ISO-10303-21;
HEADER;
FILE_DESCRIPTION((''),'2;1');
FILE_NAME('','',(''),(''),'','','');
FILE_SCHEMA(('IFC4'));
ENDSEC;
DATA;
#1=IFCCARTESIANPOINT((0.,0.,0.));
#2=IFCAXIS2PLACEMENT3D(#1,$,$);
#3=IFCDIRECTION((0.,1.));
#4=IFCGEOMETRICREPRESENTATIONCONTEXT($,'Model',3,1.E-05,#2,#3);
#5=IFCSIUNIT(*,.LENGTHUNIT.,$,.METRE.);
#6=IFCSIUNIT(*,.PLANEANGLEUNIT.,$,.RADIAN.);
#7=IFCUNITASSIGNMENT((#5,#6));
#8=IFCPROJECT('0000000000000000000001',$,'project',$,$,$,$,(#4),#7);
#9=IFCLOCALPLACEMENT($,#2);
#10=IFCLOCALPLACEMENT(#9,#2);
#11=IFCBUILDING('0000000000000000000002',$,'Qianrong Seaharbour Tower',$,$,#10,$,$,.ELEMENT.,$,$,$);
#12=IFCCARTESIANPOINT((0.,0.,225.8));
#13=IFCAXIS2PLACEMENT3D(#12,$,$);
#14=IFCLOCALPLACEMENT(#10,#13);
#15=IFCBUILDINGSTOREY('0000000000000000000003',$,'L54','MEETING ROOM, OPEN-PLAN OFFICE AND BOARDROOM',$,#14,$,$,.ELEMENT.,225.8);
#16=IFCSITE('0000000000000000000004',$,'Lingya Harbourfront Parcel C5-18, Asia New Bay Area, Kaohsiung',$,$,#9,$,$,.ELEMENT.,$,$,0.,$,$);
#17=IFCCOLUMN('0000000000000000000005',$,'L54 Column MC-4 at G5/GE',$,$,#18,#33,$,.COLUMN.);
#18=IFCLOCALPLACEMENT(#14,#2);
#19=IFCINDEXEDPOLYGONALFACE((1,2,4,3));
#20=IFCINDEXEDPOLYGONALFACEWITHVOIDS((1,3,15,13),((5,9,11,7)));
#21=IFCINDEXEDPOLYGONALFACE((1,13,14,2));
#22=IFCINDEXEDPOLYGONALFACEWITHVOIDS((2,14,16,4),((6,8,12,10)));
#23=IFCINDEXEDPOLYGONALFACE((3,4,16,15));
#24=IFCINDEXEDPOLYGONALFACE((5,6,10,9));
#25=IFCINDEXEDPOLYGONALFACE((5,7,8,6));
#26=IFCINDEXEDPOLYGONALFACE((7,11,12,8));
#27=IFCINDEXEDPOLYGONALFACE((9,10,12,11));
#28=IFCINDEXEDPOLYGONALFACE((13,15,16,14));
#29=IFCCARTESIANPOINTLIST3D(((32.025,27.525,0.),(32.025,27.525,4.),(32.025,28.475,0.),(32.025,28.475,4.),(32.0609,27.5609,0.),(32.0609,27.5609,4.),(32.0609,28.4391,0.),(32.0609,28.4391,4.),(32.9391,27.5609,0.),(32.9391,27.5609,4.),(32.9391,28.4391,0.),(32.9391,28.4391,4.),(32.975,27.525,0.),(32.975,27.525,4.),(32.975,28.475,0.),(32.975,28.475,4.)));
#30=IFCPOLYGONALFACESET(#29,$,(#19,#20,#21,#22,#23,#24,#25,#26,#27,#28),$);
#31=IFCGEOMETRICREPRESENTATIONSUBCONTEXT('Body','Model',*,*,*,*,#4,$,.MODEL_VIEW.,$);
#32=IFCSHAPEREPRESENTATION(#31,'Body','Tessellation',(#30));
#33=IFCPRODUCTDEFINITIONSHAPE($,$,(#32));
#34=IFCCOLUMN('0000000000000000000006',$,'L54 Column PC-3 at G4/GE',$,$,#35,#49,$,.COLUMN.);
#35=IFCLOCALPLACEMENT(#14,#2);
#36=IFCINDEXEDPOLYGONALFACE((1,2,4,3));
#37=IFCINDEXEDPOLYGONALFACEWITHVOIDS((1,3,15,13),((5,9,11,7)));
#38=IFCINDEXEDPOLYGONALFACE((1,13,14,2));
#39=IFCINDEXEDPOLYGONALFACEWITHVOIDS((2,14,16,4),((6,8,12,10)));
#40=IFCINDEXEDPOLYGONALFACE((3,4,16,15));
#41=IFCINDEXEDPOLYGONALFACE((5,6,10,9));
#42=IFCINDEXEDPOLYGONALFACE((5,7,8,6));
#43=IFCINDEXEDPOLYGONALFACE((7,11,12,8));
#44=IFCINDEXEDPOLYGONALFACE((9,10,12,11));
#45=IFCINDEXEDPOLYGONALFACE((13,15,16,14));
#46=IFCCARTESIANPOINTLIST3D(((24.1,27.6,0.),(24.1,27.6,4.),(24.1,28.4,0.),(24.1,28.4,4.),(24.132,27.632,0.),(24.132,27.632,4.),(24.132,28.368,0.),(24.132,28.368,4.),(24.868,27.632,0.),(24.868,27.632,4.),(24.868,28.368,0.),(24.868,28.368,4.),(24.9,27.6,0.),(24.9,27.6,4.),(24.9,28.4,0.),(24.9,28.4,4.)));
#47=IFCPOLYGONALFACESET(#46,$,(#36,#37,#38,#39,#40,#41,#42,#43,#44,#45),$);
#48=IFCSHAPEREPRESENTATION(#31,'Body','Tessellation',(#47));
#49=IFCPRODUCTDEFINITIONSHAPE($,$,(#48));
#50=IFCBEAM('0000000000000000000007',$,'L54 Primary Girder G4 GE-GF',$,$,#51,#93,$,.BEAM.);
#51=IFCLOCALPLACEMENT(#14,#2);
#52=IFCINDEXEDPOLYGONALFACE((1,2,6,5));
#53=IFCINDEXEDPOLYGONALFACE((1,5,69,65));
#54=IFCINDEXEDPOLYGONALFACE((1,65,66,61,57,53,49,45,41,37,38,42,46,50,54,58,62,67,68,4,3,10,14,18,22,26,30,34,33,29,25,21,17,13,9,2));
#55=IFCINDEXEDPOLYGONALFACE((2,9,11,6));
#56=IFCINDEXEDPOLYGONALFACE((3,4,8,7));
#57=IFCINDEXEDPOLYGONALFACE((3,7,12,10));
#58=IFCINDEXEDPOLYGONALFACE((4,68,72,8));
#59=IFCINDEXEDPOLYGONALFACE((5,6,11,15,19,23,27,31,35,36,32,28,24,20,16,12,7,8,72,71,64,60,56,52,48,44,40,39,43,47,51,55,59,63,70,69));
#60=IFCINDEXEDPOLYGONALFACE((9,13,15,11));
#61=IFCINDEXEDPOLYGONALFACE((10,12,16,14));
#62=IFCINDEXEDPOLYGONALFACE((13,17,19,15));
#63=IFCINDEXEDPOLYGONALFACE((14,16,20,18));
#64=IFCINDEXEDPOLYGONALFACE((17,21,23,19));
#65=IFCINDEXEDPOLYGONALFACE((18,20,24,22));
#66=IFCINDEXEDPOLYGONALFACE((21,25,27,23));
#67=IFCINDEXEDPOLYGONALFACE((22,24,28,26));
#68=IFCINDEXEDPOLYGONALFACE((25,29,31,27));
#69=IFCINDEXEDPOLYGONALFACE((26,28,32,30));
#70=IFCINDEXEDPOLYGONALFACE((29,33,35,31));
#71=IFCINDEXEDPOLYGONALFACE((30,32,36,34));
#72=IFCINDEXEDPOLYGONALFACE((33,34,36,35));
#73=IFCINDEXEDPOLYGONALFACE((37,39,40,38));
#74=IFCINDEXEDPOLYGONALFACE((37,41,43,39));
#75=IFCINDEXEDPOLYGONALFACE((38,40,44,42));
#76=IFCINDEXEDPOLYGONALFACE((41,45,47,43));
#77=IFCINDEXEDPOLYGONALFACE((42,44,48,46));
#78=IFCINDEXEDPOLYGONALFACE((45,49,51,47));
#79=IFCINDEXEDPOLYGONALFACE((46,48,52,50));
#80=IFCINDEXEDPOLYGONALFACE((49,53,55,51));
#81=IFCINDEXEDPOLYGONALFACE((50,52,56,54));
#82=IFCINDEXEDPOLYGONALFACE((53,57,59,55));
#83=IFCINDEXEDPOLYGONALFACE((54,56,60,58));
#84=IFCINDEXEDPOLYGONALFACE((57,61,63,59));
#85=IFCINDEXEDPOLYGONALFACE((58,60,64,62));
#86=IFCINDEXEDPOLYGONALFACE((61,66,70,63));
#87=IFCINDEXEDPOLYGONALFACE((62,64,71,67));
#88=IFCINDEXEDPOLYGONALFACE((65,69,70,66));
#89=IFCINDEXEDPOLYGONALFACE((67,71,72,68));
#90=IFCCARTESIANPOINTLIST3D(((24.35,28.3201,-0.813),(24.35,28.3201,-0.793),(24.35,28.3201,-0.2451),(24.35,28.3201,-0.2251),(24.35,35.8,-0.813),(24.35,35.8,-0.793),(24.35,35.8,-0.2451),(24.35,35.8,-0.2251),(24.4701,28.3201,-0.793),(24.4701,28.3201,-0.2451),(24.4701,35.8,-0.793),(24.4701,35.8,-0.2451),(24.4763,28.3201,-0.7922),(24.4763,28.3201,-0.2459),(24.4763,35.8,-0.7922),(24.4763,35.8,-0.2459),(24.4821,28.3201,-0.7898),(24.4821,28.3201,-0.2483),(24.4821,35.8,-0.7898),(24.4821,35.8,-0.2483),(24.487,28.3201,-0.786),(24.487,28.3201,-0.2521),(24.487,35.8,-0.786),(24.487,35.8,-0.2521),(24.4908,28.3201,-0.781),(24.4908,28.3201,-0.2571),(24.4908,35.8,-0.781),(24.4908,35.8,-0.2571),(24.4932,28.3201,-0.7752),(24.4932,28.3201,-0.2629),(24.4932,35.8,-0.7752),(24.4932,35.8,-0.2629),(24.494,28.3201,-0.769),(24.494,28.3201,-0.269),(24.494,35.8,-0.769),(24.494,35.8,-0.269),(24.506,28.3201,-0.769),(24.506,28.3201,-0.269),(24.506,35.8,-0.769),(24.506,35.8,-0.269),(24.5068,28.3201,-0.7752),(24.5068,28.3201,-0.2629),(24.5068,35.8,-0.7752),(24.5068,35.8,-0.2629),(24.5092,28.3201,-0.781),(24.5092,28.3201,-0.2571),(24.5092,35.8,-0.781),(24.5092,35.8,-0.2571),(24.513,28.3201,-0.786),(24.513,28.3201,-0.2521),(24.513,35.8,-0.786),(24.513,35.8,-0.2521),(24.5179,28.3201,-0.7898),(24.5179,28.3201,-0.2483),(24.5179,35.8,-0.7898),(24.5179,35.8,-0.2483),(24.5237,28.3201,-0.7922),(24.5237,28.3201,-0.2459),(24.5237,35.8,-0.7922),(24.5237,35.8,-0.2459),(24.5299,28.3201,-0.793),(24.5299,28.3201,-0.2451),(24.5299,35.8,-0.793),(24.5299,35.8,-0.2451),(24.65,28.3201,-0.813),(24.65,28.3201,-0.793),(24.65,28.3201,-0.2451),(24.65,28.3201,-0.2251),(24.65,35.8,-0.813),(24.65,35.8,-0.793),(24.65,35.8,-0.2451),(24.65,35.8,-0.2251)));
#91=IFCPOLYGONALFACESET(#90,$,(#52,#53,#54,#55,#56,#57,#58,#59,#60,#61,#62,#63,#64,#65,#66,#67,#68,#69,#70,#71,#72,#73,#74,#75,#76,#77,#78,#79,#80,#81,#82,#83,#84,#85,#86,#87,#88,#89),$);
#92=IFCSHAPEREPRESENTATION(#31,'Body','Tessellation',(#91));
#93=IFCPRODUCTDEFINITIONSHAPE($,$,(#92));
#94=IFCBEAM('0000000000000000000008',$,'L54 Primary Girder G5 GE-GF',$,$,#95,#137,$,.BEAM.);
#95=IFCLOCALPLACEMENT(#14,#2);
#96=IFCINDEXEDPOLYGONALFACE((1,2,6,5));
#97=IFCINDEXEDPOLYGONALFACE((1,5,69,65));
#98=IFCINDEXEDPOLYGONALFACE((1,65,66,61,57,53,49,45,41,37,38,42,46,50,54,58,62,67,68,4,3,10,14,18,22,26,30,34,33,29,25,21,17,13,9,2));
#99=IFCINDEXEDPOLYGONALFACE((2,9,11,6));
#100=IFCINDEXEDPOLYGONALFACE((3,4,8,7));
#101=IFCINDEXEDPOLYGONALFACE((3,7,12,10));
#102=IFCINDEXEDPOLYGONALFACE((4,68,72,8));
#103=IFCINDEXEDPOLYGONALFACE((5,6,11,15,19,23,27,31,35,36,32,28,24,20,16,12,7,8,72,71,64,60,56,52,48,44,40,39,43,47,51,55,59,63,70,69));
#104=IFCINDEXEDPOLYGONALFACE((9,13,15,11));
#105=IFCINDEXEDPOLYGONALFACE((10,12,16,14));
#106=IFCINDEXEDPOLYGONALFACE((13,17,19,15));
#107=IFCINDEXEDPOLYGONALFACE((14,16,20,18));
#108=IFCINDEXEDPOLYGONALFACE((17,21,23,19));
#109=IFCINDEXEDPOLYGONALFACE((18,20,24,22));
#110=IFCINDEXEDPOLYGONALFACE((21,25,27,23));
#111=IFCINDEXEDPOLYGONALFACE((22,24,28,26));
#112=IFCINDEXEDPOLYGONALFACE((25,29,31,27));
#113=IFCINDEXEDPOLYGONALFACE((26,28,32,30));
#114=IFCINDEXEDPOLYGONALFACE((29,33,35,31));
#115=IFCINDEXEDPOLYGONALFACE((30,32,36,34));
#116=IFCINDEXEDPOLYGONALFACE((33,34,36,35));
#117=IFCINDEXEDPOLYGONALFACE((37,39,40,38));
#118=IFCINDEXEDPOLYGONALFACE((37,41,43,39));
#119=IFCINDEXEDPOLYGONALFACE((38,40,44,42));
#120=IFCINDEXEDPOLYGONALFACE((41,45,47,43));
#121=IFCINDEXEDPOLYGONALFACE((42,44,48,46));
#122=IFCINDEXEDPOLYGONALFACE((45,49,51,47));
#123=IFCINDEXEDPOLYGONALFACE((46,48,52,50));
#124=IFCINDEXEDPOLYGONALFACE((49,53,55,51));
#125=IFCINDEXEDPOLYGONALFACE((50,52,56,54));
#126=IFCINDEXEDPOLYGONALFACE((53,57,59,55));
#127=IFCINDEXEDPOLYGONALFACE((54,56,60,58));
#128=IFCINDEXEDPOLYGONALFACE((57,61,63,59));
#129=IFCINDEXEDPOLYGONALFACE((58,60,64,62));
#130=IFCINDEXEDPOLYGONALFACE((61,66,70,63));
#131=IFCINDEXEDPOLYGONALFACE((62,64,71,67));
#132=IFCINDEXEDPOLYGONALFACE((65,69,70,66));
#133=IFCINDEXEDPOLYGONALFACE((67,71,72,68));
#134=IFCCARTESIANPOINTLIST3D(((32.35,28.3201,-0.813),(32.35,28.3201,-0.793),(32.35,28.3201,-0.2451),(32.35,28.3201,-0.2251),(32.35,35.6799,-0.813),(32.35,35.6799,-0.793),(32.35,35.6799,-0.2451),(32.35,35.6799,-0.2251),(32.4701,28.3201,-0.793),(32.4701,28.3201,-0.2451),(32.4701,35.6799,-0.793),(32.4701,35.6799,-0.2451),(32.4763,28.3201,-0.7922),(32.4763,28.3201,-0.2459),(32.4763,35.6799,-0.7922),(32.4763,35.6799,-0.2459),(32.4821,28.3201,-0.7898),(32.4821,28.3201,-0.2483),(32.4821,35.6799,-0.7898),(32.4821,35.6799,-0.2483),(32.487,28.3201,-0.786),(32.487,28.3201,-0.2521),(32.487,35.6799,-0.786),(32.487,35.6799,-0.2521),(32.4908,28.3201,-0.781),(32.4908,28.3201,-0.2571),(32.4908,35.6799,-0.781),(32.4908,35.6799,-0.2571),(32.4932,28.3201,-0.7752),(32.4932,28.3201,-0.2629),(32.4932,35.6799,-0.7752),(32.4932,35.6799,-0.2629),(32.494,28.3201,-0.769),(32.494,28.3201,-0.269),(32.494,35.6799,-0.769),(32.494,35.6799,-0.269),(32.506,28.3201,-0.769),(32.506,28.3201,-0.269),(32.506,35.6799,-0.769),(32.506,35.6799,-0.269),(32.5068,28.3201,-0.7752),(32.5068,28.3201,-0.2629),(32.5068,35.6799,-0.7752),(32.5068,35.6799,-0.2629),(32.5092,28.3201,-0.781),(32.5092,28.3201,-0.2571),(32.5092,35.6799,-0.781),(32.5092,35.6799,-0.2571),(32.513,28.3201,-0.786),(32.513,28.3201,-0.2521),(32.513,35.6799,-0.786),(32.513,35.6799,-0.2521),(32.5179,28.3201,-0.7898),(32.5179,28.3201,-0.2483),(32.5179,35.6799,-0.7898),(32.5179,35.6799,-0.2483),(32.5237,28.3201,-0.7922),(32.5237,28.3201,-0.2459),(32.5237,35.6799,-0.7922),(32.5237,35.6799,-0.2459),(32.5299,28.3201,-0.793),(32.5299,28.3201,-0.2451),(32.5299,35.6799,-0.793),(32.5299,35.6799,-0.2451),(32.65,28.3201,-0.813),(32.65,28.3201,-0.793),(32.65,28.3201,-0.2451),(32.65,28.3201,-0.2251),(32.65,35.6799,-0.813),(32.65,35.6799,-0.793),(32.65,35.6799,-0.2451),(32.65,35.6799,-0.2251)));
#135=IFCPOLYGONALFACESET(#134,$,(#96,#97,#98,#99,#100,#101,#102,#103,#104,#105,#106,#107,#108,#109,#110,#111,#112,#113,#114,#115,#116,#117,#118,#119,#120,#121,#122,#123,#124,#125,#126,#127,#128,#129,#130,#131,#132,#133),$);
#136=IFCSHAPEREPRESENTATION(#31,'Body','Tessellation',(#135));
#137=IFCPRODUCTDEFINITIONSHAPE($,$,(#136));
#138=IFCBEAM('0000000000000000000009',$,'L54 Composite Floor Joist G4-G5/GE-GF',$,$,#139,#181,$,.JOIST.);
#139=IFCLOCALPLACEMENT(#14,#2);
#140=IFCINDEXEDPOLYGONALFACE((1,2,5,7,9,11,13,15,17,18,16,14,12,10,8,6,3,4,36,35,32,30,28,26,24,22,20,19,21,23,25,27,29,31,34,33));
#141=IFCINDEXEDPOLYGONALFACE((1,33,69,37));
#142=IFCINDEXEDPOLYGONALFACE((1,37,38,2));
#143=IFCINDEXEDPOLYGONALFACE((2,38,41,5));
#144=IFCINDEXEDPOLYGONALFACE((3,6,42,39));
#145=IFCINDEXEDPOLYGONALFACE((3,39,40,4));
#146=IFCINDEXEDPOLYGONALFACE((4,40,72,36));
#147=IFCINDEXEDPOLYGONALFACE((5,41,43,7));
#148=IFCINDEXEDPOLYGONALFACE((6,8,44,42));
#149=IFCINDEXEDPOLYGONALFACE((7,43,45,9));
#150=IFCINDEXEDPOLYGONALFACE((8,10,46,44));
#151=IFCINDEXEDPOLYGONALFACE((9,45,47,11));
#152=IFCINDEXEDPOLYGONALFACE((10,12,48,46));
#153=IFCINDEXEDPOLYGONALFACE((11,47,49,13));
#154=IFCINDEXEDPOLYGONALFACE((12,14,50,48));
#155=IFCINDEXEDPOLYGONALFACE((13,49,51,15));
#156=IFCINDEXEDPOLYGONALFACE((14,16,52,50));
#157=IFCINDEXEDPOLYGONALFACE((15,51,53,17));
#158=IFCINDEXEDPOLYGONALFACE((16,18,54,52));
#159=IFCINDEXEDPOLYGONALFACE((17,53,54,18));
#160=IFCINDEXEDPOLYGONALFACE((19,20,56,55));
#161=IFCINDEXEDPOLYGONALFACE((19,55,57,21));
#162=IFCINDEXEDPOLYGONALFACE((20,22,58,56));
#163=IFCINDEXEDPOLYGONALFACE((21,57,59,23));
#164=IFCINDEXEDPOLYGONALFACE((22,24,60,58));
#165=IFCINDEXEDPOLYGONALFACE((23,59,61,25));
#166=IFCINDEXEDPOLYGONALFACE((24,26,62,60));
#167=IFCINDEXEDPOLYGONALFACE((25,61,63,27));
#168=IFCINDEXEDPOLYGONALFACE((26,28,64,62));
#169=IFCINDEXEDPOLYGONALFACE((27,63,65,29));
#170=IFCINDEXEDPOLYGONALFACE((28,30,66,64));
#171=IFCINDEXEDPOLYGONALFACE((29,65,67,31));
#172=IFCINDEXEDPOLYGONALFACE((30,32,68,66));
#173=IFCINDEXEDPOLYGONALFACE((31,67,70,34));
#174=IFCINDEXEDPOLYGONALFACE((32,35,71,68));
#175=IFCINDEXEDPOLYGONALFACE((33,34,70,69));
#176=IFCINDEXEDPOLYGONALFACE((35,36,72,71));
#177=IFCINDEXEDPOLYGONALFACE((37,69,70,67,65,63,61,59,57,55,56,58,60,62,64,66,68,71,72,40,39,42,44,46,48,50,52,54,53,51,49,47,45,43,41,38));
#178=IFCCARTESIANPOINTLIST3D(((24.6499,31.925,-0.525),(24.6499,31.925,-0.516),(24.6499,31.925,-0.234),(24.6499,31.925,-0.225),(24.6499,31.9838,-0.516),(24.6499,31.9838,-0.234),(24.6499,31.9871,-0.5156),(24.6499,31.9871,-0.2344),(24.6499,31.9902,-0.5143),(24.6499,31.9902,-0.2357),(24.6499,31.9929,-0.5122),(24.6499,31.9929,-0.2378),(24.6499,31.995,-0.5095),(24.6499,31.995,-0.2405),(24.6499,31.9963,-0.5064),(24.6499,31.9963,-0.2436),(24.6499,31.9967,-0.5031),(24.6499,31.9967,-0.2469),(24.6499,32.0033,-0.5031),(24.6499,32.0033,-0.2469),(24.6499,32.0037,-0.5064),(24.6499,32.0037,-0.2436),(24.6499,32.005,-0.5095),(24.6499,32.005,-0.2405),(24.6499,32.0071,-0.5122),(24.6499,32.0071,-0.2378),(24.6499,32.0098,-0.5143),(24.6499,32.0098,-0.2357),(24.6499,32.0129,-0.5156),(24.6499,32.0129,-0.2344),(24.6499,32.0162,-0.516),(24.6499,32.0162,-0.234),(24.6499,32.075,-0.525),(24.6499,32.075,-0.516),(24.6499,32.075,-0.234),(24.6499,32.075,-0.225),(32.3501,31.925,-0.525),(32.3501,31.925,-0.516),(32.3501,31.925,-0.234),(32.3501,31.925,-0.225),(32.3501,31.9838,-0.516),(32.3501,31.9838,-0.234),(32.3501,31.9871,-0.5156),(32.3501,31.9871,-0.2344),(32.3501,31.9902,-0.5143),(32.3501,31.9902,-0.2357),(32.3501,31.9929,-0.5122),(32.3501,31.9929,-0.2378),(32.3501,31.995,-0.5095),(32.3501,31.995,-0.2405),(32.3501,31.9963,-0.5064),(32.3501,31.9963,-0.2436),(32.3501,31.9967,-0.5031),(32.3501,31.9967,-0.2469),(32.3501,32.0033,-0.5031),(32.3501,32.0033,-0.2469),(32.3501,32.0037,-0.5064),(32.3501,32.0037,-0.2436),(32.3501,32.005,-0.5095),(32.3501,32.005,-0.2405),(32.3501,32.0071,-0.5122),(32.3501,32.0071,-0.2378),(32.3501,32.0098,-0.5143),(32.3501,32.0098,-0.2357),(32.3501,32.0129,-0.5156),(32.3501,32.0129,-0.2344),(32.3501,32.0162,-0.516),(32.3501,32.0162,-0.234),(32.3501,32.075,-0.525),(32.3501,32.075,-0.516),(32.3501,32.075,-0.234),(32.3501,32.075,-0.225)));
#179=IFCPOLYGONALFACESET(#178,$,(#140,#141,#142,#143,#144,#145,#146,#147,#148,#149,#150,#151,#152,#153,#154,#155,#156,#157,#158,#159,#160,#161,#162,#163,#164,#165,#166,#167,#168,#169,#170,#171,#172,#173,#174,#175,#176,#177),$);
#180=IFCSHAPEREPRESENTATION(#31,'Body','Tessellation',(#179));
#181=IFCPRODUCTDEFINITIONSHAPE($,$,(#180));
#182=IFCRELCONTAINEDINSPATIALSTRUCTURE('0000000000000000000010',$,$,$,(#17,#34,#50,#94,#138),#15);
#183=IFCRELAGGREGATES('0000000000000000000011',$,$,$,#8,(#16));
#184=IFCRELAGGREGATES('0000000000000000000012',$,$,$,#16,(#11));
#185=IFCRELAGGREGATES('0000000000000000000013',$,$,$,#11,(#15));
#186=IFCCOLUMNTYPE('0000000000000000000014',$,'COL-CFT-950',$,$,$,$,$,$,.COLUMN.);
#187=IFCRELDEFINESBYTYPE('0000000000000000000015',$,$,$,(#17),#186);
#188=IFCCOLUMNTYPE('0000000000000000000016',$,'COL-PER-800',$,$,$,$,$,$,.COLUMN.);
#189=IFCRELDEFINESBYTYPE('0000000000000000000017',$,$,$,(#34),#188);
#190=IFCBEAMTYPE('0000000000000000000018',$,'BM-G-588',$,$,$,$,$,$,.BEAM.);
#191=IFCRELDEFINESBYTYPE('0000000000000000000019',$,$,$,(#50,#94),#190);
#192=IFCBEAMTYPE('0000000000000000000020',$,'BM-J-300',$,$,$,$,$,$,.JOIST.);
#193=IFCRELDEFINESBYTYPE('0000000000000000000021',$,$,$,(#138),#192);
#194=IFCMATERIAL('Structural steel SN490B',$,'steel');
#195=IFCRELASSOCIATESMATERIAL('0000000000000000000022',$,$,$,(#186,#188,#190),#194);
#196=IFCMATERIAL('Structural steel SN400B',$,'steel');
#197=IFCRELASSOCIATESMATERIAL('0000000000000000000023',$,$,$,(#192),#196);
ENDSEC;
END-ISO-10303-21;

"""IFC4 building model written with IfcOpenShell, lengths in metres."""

from ifc_helpers import new_model, si_unit, direction, frame, origin, origin_2d, place, context, subcontext, project, spatial, hollow_rectangle, i_section, extrude, material, material_profile, profile_set, type_object, element, save


model = new_model("IFC4")

# Units and contexts
model_context = context("Model", 3, precision=1e-05, world=origin(), true_north=direction((0.0, 1.0)))
body_context = subcontext(model_context, "Body", "Model", "MODEL_VIEW")
ifc_project = project(units=[si_unit("LENGTHUNIT", "METRE"), si_unit("PLANEANGLEUNIT", "RADIAN")], contexts=[model_context])

# Site, building, storey
site_placement = place(None, origin())
site = spatial("IfcSite", under=ifc_project, at=site_placement, Name="Lingya Harbourfront Parcel C5-18, Asia New Bay Area, Kaohsiung", CompositionType="ELEMENT", RefElevation=0.0)
building_placement = place(site_placement, origin())
building = spatial("IfcBuilding", under=site, at=building_placement, Name="Qianrong Seaharbour Tower", CompositionType="ELEMENT")
storey_placement = place(building_placement, frame((0.0, 0.0, 225.8)))
storey = spatial("IfcBuildingStorey", under=building, at=storey_placement, Name="L54", Description="MEETING ROOM, OPEN-PLAN OFFICE AND BOARDROOM", CompositionType="ELEMENT", Elevation=225.8)

# Columns
ifc_material_1 = material(Name="Structural steel SN490B", Category="steel")
ifc_material_profile_1 = material_profile(ifc_material_1, hollow_rectangle(XDim=0.95, YDim=0.95, WallThickness=0.0359, at=origin_2d()), Name="BOX950x950x36")
ifc_profile_set_1 = profile_set([ifc_material_profile_1], Name="Structural steel SN490B")
column_type_1 = type_object("IfcColumnType", Name="COL-CFT-950", PredefinedType="COLUMN", material=ifc_profile_set_1)
column_1_placement = place(storey_placement, frame((32.5, 28.0, 0.0), z_axis=(0.0, 0.0, 1.0), x_axis=(1.0, 0.0, 0.0)))
element("IfcColumn", 1, at=column_1_placement, inside=storey, type_object=column_type_1, Name="L54 Column MC-4 at G5/GE", PredefinedType="COLUMN", context=body_context, shape_type="SweptSolid", body=[
    extrude(hollow_rectangle(XDim=0.95, YDim=0.95, WallThickness=0.0359, at=origin_2d()), origin(), (0.0, 0.0, 1.0), 4.0),
])
ifc_material_profile_2 = material_profile(ifc_material_1, hollow_rectangle(XDim=0.8, YDim=0.8, WallThickness=0.032, at=origin_2d()), Name="BOX800x800x32")
ifc_profile_set_2 = profile_set([ifc_material_profile_2], Name="Structural steel SN490B")
column_type_2 = type_object("IfcColumnType", Name="COL-PER-800", PredefinedType="COLUMN", material=ifc_profile_set_2)
column_2_placement = place(storey_placement, frame((24.5, 28.0, 0.0), z_axis=(0.0, 0.0, 1.0), x_axis=(1.0, 0.0, 0.0)))
element("IfcColumn", 2, at=column_2_placement, inside=storey, type_object=column_type_2, Name="L54 Column PC-3 at G4/GE", PredefinedType="COLUMN", context=body_context, shape_type="SweptSolid", body=[
    extrude(hollow_rectangle(XDim=0.8, YDim=0.8, WallThickness=0.032, at=origin_2d()), origin(), (0.0, 0.0, 1.0), 4.0),
])

# Beams
ifc_material_profile_3 = material_profile(ifc_material_1, i_section(OverallWidth=0.3, OverallDepth=0.5879, WebThickness=0.012, FlangeThickness=0.02, FilletRadius=0.0239, at=origin_2d()), Name="H588x300x12x20")
ifc_profile_set_3 = profile_set([ifc_material_profile_3], Name="Structural steel SN490B")
beam_type_1 = type_object("IfcBeamType", Name="BM-G-588", PredefinedType="BEAM", material=ifc_profile_set_3)
beam_1_placement = place(storey_placement, frame((24.5, 28.3201, -0.519), z_axis=(0.0, 1.0, 0.0), x_axis=(-1.0, 0.0, 0.0)))
element("IfcBeam", 3, at=beam_1_placement, inside=storey, type_object=beam_type_1, Name="L54 Primary Girder G4 GE-GF", PredefinedType="BEAM", context=body_context, shape_type="SweptSolid", body=[
    extrude(i_section(OverallWidth=0.3, OverallDepth=0.5879, WebThickness=0.012, FlangeThickness=0.02, FilletRadius=0.0239, at=origin_2d()), origin(), (0.0, 0.0, 1.0), 7.48),
])
beam_2_placement = place(storey_placement, frame((32.5, 28.3201, -0.519), z_axis=(0.0, 1.0, 0.0), x_axis=(-1.0, 0.0, 0.0)))
element("IfcBeam", 4, at=beam_2_placement, inside=storey, type_object=beam_type_1, Name="L54 Primary Girder G5 GE-GF", PredefinedType="BEAM", context=body_context, shape_type="SweptSolid", body=[
    extrude(i_section(OverallWidth=0.3, OverallDepth=0.5879, WebThickness=0.012, FlangeThickness=0.02, FilletRadius=0.0239, at=origin_2d()), origin(), (0.0, 0.0, 1.0), 7.3599),
])
ifc_material_2 = material(Name="Structural steel SN400B", Category="steel")
ifc_material_profile_4 = material_profile(ifc_material_2, i_section(OverallWidth=0.1499, OverallDepth=0.3, WebThickness=0.0066, FlangeThickness=0.009, FilletRadius=0.0129, at=origin_2d()), Name="H300x150x6.5x9")
ifc_profile_set_4 = profile_set([ifc_material_profile_4], Name="Structural steel SN400B")
beam_type_2 = type_object("IfcBeamType", Name="BM-J-300", PredefinedType="JOIST", material=ifc_profile_set_4)
for number, where, z_axis, x_axis, name in (
    (5, (24.6499, 32.0, -0.375), (1.0, 0.0, 0.0), (0.0, 1.0, 0.0), "L54 Composite Floor Joist G4-G5/GE-GF"),
):
    element("IfcBeam", number, at=place(storey_placement, frame(where, z_axis=z_axis, x_axis=x_axis)), inside=storey, type_object=beam_type_2, Name=name, PredefinedType="JOIST", context=body_context, shape_type="SweptSolid", body=[
        extrude(i_section(OverallWidth=0.1499, OverallDepth=0.3, WebThickness=0.0066, FlangeThickness=0.009, FilletRadius=0.0129, at=origin_2d()), origin(), (0.0, 0.0, 1.0), 7.7002),
    ])

save(model, "model.ifc")
